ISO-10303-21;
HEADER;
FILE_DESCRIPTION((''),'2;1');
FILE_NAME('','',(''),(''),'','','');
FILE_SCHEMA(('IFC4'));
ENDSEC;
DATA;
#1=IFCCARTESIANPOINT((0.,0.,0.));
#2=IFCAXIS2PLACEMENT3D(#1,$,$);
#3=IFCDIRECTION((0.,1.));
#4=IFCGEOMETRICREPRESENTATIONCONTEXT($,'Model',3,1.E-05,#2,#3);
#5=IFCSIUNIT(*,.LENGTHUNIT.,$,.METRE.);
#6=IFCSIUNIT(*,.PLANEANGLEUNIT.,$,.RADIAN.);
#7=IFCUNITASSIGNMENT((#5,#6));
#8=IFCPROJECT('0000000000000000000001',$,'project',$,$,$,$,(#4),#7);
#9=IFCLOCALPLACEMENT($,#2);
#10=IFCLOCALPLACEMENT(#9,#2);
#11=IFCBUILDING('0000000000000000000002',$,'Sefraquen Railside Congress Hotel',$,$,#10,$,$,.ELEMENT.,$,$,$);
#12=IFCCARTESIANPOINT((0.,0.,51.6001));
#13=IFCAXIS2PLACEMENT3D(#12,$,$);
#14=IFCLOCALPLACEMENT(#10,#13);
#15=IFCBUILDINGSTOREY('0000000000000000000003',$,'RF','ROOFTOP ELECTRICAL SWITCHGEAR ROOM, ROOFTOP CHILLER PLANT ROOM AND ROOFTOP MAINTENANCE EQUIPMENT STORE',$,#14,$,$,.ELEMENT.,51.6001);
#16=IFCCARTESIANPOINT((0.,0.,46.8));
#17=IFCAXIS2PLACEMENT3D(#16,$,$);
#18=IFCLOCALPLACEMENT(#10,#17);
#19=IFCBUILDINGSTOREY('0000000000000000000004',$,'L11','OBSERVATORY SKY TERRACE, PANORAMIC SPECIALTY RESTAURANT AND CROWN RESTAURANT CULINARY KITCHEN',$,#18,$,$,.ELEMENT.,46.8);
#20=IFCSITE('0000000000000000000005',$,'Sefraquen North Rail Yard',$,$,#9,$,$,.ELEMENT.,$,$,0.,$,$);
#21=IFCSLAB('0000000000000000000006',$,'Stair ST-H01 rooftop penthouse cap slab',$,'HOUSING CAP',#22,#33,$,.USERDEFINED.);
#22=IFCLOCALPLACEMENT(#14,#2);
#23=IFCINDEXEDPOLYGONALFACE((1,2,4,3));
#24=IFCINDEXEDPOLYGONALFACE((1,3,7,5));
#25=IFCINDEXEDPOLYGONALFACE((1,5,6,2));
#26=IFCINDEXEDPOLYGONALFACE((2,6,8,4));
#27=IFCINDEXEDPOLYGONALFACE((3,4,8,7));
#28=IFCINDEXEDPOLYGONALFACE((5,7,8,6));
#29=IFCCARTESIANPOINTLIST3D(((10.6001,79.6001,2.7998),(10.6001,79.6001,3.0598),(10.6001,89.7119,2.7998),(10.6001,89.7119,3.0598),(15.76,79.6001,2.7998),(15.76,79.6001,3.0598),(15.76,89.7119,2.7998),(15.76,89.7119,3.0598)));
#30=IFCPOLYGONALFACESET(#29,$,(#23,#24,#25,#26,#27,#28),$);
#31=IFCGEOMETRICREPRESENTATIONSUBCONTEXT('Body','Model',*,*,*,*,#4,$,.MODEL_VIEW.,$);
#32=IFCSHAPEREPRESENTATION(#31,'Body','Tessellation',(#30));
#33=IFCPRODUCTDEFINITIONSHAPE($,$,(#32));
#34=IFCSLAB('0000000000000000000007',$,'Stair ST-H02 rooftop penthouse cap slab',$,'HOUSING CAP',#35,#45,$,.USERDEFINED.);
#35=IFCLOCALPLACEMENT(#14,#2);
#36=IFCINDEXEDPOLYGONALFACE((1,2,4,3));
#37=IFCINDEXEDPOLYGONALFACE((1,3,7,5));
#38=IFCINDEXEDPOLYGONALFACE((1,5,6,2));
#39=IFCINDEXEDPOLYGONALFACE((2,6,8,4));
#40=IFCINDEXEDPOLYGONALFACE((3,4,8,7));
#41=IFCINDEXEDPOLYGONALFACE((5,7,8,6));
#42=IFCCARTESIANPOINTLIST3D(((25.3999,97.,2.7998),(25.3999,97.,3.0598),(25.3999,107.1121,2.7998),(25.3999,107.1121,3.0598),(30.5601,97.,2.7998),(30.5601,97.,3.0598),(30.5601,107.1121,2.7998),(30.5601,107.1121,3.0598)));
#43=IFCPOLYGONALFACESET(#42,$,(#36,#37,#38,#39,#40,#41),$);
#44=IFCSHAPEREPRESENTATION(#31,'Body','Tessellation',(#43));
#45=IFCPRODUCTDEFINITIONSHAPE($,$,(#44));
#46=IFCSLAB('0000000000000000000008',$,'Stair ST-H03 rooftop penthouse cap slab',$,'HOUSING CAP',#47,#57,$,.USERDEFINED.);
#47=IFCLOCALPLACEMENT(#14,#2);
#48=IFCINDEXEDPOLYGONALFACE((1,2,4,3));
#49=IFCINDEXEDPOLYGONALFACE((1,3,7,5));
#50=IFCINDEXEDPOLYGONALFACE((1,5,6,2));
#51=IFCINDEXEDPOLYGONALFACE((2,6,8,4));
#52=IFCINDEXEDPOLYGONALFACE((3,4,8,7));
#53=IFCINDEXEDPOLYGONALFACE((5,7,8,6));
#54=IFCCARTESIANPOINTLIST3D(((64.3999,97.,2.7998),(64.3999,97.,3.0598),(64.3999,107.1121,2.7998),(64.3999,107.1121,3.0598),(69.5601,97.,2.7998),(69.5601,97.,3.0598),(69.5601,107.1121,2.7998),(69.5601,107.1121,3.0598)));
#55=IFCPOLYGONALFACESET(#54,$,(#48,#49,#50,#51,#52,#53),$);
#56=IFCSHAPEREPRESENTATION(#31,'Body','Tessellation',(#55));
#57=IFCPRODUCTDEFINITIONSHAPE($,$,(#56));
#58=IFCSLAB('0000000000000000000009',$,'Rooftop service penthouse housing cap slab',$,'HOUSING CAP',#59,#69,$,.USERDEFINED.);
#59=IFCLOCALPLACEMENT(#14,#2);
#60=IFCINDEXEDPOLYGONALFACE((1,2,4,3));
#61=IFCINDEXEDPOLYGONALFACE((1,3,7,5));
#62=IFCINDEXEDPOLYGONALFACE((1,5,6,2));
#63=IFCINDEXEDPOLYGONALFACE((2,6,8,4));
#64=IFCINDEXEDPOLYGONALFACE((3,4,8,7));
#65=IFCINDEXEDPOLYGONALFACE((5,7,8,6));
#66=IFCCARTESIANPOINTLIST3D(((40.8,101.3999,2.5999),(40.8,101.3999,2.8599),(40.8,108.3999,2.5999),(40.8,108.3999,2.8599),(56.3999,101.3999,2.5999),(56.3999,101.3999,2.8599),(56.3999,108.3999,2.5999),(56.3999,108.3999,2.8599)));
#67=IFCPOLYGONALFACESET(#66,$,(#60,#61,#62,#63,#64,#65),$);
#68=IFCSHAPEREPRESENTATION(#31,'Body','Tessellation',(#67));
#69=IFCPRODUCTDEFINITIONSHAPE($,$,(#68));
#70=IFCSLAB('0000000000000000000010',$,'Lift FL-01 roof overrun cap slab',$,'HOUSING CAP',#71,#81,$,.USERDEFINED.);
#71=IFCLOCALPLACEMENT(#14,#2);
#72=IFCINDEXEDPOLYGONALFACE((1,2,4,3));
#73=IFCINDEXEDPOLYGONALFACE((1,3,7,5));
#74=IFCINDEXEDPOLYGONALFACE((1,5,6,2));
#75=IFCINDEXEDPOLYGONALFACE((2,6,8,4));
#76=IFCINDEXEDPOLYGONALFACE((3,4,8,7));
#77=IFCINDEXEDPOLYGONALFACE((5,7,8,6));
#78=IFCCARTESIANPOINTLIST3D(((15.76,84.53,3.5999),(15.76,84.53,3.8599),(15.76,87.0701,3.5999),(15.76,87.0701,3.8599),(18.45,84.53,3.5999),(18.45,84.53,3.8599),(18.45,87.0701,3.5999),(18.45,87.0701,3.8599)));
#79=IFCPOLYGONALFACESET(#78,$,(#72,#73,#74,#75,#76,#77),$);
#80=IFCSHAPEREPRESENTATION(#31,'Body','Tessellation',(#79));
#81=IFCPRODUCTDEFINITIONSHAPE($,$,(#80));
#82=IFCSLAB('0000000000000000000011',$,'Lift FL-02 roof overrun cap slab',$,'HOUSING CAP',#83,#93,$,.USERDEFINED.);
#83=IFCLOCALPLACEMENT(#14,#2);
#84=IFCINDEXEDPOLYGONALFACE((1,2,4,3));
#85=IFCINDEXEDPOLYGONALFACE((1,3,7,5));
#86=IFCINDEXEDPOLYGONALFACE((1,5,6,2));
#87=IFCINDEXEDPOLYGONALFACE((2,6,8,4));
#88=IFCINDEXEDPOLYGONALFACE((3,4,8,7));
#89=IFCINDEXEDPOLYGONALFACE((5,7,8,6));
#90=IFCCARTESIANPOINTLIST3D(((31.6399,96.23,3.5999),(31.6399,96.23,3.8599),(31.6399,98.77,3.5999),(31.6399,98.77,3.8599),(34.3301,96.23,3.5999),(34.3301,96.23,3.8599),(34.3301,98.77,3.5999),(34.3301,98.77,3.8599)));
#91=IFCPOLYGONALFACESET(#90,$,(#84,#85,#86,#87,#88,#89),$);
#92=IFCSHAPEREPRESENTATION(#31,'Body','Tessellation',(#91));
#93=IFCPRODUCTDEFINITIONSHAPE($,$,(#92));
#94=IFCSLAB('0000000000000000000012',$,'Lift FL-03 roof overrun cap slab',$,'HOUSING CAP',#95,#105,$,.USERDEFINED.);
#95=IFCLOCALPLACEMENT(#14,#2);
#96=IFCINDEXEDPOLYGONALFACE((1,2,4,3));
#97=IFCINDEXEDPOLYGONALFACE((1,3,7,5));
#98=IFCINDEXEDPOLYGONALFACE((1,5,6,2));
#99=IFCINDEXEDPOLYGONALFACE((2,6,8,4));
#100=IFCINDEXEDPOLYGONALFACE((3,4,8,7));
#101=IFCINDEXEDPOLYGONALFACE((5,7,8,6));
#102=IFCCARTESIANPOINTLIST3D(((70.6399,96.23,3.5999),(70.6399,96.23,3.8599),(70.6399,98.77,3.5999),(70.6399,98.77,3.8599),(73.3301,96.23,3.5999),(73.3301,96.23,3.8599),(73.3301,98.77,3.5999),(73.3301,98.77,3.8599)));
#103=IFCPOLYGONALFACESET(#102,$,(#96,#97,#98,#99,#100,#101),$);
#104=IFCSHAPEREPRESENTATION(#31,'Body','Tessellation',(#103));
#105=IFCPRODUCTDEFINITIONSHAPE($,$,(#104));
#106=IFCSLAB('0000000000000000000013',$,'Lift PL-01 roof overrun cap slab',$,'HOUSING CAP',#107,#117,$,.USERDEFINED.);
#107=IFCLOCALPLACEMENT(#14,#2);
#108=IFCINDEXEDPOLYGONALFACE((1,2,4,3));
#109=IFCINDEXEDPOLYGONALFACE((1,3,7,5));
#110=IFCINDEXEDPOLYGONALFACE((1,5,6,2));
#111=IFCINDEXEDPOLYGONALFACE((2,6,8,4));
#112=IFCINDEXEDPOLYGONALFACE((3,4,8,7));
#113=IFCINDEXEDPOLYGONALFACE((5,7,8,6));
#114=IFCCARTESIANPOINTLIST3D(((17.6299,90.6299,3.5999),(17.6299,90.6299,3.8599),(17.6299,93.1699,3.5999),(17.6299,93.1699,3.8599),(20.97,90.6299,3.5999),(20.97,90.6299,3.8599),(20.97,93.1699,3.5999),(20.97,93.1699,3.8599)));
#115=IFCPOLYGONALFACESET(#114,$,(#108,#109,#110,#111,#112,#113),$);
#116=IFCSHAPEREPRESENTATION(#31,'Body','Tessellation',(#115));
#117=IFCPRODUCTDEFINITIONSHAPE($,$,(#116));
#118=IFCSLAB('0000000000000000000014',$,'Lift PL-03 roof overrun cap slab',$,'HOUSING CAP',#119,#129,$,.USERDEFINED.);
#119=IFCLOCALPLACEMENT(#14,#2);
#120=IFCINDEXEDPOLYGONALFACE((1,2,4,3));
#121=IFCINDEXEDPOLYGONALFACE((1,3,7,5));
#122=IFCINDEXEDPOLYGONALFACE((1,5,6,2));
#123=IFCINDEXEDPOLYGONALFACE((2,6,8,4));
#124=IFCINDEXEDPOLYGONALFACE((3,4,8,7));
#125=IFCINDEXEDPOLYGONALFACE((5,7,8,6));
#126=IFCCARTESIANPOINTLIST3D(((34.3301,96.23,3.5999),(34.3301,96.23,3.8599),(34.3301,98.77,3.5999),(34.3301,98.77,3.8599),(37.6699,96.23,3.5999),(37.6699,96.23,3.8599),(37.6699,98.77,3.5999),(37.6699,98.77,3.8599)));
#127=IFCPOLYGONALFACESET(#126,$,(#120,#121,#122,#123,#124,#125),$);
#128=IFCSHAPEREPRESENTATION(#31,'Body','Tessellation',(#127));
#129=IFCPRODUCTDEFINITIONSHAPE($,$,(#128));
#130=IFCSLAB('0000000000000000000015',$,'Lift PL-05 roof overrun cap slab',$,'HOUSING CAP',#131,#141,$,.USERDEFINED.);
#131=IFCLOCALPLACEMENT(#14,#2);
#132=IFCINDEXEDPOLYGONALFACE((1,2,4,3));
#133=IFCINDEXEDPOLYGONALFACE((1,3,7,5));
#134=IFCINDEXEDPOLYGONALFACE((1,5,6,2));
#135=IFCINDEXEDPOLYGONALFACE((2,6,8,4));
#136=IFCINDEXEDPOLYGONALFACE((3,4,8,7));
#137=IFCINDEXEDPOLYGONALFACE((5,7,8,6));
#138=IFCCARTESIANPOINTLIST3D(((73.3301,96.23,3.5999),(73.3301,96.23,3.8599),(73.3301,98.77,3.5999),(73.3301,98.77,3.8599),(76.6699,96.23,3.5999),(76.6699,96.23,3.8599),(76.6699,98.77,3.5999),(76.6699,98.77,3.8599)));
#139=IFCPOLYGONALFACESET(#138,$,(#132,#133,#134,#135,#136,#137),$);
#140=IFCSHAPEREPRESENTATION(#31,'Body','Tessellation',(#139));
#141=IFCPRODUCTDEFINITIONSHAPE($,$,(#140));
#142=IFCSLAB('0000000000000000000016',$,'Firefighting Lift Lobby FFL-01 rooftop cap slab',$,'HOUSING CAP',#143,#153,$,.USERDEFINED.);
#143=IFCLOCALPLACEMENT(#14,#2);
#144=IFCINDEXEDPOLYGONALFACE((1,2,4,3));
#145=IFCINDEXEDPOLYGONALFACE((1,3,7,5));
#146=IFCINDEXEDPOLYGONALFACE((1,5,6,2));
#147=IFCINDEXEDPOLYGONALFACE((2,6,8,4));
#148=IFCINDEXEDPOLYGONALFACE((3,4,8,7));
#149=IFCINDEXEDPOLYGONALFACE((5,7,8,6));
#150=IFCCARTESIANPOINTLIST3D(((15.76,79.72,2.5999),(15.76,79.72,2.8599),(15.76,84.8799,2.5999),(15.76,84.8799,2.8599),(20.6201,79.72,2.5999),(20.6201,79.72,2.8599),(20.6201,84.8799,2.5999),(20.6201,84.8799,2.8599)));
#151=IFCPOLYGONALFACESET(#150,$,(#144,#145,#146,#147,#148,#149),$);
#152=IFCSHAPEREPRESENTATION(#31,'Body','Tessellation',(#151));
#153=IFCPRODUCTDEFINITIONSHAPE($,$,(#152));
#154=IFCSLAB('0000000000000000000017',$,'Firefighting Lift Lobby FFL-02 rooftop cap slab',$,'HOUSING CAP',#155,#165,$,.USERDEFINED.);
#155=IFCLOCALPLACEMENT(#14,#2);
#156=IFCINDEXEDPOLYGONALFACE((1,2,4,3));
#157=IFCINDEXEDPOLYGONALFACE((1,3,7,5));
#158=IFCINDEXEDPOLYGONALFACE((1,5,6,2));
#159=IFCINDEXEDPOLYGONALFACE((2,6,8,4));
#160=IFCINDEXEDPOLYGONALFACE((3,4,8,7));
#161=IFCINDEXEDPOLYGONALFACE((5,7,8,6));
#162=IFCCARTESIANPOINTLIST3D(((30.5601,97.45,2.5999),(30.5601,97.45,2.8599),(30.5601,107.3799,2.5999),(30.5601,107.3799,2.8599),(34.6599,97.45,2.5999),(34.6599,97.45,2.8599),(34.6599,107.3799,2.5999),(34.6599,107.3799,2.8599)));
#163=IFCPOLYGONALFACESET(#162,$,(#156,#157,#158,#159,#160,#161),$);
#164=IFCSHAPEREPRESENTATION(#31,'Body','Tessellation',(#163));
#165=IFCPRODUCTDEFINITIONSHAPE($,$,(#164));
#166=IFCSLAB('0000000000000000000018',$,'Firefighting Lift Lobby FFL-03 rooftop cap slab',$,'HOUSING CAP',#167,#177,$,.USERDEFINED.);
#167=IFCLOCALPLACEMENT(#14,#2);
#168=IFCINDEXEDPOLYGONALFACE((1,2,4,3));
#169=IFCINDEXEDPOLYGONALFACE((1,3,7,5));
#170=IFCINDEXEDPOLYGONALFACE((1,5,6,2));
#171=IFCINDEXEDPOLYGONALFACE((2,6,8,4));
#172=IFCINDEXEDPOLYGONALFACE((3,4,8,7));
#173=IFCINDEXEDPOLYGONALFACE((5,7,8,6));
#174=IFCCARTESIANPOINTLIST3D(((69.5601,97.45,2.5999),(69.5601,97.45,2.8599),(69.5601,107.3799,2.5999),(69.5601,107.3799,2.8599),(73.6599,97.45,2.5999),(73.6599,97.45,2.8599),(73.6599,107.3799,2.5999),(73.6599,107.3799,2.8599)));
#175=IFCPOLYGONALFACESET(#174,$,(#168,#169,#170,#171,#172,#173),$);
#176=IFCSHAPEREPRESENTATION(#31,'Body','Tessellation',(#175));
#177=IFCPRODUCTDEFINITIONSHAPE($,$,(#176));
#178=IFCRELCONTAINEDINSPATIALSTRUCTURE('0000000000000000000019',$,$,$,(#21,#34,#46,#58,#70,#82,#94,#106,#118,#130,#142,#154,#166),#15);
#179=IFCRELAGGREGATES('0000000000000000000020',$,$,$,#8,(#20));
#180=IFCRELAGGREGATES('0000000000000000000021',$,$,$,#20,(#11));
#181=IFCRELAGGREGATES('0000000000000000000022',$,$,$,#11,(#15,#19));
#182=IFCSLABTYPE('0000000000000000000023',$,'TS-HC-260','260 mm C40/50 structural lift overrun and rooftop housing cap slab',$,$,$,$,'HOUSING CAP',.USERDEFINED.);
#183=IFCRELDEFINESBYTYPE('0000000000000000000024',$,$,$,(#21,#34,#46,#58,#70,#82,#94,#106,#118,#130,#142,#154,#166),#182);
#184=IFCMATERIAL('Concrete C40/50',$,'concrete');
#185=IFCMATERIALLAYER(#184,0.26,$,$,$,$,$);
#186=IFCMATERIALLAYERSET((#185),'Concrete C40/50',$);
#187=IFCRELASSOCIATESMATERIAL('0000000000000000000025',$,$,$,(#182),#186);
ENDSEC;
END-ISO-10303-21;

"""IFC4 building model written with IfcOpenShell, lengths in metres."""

from ifc_helpers import new_model, si_unit, direction, frame, origin, place, context, subcontext, project, spatial, polyline, outline, extrude, material, layer, layer_set, type_object, element, save


model = new_model("IFC4")

# Units and contexts
model_context = context("Model", 3, precision=1e-05, world=origin(), true_north=direction((0.0, 1.0)))
body_context = subcontext(model_context, "Body", "Model", "MODEL_VIEW")
ifc_project = project(units=[si_unit("LENGTHUNIT", "METRE"), si_unit("PLANEANGLEUNIT", "RADIAN")], contexts=[model_context])

# Site, building, storey
site_placement = place(None, origin())
site = spatial("IfcSite", under=ifc_project, at=site_placement, Name="Sefraquen North Rail Yard", CompositionType="ELEMENT", RefElevation=0.0)
building_placement = place(site_placement, origin())
building = spatial("IfcBuilding", under=site, at=building_placement, Name="Sefraquen Railside Congress Hotel", CompositionType="ELEMENT")
storey_1_placement = place(building_placement, frame((0.0, 0.0, 51.6001)))
storey_1 = spatial("IfcBuildingStorey", under=building, at=storey_1_placement, Name="RF", Description="ROOFTOP ELECTRICAL SWITCHGEAR ROOM, ROOFTOP CHILLER PLANT ROOM AND ROOFTOP MAINTENANCE EQUIPMENT STORE", CompositionType="ELEMENT", Elevation=51.6001)

# Slabs
ifc_material_1 = material(Name="Concrete C40/50", Category="concrete")
ifc_layer_1 = layer(ifc_material_1, 0.26)
ifc_layer_set_1 = layer_set([ifc_layer_1], Name="Concrete C40/50")
slab_type_1 = type_object("IfcSlabType", Name="TS-HC-260", Description="260 mm C40/50 structural lift overrun and rooftop housing cap slab", ElementType="HOUSING CAP", PredefinedType="USERDEFINED", material=ifc_layer_set_1)
slab_1_placement = place(storey_1_placement, frame((0.0, 0.0, 2.7998)))
element("IfcSlab", 1, at=slab_1_placement, inside=storey_1, type_object=slab_type_1, Name="Stair ST-H01 rooftop penthouse cap slab", ObjectType="HOUSING CAP", PredefinedType="USERDEFINED", context=body_context, shape_type="SweptSolid", body=[
    extrude(outline(polyline([(10.6001, 79.6001), (15.76, 79.6001), (15.76, 89.7119), (10.6001, 89.7119), (10.6001, 79.6001)])), origin(), (0.0, 0.0, 1.0), 0.26),
])
slab_2_placement = place(storey_1_placement, frame((0.0, 0.0, 2.7998)))
element("IfcSlab", 2, at=slab_2_placement, inside=storey_1, type_object=slab_type_1, Name="Stair ST-H02 rooftop penthouse cap slab", ObjectType="HOUSING CAP", PredefinedType="USERDEFINED", context=body_context, shape_type="SweptSolid", body=[
    extrude(outline(polyline([(25.3999, 97.0), (30.5601, 97.0), (30.5601, 107.1121), (25.3999, 107.1121), (25.3999, 97.0)])), origin(), (0.0, 0.0, 1.0), 0.26),
])
slab_3_placement = place(storey_1_placement, frame((0.0, 0.0, 2.7998)))
element("IfcSlab", 3, at=slab_3_placement, inside=storey_1, type_object=slab_type_1, Name="Stair ST-H03 rooftop penthouse cap slab", ObjectType="HOUSING CAP", PredefinedType="USERDEFINED", context=body_context, shape_type="SweptSolid", body=[
    extrude(outline(polyline([(64.3999, 97.0), (69.5601, 97.0), (69.5601, 107.1121), (64.3999, 107.1121), (64.3999, 97.0)])), origin(), (0.0, 0.0, 1.0), 0.26),
])
slab_4_placement = place(storey_1_placement, frame((0.0, 0.0, 2.5999)))
element("IfcSlab", 4, at=slab_4_placement, inside=storey_1, type_object=slab_type_1, Name="Rooftop service penthouse housing cap slab", ObjectType="HOUSING CAP", PredefinedType="USERDEFINED", context=body_context, shape_type="SweptSolid", body=[
    extrude(outline(polyline([(40.8, 101.3999), (56.3999, 101.3999), (56.3999, 108.3999), (40.8, 108.3999), (40.8, 101.3999)])), origin(), (0.0, 0.0, 1.0), 0.26),
])
slab_5_placement = place(storey_1_placement, frame((0.0, 0.0, 3.5999)))
element("IfcSlab", 5, at=slab_5_placement, inside=storey_1, type_object=slab_type_1, Name="Lift FL-01 roof overrun cap slab", ObjectType="HOUSING CAP", PredefinedType="USERDEFINED", context=body_context, shape_type="SweptSolid", body=[
    extrude(outline(polyline([(15.76, 84.53), (18.45, 84.53), (18.45, 87.0701), (15.76, 87.0701), (15.76, 84.53)])), origin(), (0.0, 0.0, 1.0), 0.26),
])
slab_6_placement = place(storey_1_placement, frame((0.0, 0.0, 3.5999)))
element("IfcSlab", 6, at=slab_6_placement, inside=storey_1, type_object=slab_type_1, Name="Lift FL-02 roof overrun cap slab", ObjectType="HOUSING CAP", PredefinedType="USERDEFINED", context=body_context, shape_type="SweptSolid", body=[
    extrude(outline(polyline([(31.6399, 96.23), (34.3301, 96.23), (34.3301, 98.77), (31.6399, 98.77), (31.6399, 96.23)])), origin(), (0.0, 0.0, 1.0), 0.26),
])
slab_7_placement = place(storey_1_placement, frame((0.0, 0.0, 3.5999)))
element("IfcSlab", 7, at=slab_7_placement, inside=storey_1, type_object=slab_type_1, Name="Lift FL-03 roof overrun cap slab", ObjectType="HOUSING CAP", PredefinedType="USERDEFINED", context=body_context, shape_type="SweptSolid", body=[
    extrude(outline(polyline([(70.6399, 96.23), (73.3301, 96.23), (73.3301, 98.77), (70.6399, 98.77), (70.6399, 96.23)])), origin(), (0.0, 0.0, 1.0), 0.26),
])
slab_8_placement = place(storey_1_placement, frame((0.0, 0.0, 3.5999)))
element("IfcSlab", 8, at=slab_8_placement, inside=storey_1, type_object=slab_type_1, Name="Lift PL-01 roof overrun cap slab", ObjectType="HOUSING CAP", PredefinedType="USERDEFINED", context=body_context, shape_type="SweptSolid", body=[
    extrude(outline(polyline([(17.6299, 90.6299), (20.97, 90.6299), (20.97, 93.1699), (17.6299, 93.1699), (17.6299, 90.6299)])), origin(), (0.0, 0.0, 1.0), 0.26),
])
slab_9_placement = place(storey_1_placement, frame((0.0, 0.0, 3.5999)))
element("IfcSlab", 9, at=slab_9_placement, inside=storey_1, type_object=slab_type_1, Name="Lift PL-03 roof overrun cap slab", ObjectType="HOUSING CAP", PredefinedType="USERDEFINED", context=body_context, shape_type="SweptSolid", body=[
    extrude(outline(polyline([(34.3301, 96.23), (37.6699, 96.23), (37.6699, 98.77), (34.3301, 98.77), (34.3301, 96.23)])), origin(), (0.0, 0.0, 1.0), 0.26),
])
slab_10_placement = place(storey_1_placement, frame((0.0, 0.0, 3.5999)))
element("IfcSlab", 10, at=slab_10_placement, inside=storey_1, type_object=slab_type_1, Name="Lift PL-05 roof overrun cap slab", ObjectType="HOUSING CAP", PredefinedType="USERDEFINED", context=body_context, shape_type="SweptSolid", body=[
    extrude(outline(polyline([(73.3301, 96.23), (76.6699, 96.23), (76.6699, 98.77), (73.3301, 98.77), (73.3301, 96.23)])), origin(), (0.0, 0.0, 1.0), 0.26),
])
slab_11_placement = place(storey_1_placement, frame((0.0, 0.0, 2.5999)))
element("IfcSlab", 11, at=slab_11_placement, inside=storey_1, type_object=slab_type_1, Name="Firefighting Lift Lobby FFL-01 rooftop cap slab", ObjectType="HOUSING CAP", PredefinedType="USERDEFINED", context=body_context, shape_type="SweptSolid", body=[
    extrude(outline(polyline([(15.76, 79.72), (20.6201, 79.72), (20.6201, 84.8799), (15.76, 84.8799), (15.76, 79.72)])), origin(), (0.0, 0.0, 1.0), 0.26),
])
slab_12_placement = place(storey_1_placement, frame((0.0, 0.0, 2.5999)))
element("IfcSlab", 12, at=slab_12_placement, inside=storey_1, type_object=slab_type_1, Name="Firefighting Lift Lobby FFL-02 rooftop cap slab", ObjectType="HOUSING CAP", PredefinedType="USERDEFINED", context=body_context, shape_type="SweptSolid", body=[
    extrude(outline(polyline([(30.5601, 97.45), (34.6599, 97.45), (34.6599, 107.3799), (30.5601, 107.3799), (30.5601, 97.45)])), origin(), (0.0, 0.0, 1.0), 0.26),
])
slab_13_placement = place(storey_1_placement, frame((0.0, 0.0, 2.5999)))
element("IfcSlab", 13, at=slab_13_placement, inside=storey_1, type_object=slab_type_1, Name="Firefighting Lift Lobby FFL-03 rooftop cap slab", ObjectType="HOUSING CAP", PredefinedType="USERDEFINED", context=body_context, shape_type="SweptSolid", body=[
    extrude(outline(polyline([(69.5601, 97.45), (73.6599, 97.45), (73.6599, 107.3799), (69.5601, 107.3799), (69.5601, 97.45)])), origin(), (0.0, 0.0, 1.0), 0.26),
])

# Shared definitions
storey_2_placement = place(building_placement, frame((0.0, 0.0, 46.8)))
storey_2 = spatial("IfcBuildingStorey", under=building, at=storey_2_placement, Name="L11", Description="OBSERVATORY SKY TERRACE, PANORAMIC SPECIALTY RESTAURANT AND CROWN RESTAURANT CULINARY KITCHEN", CompositionType="ELEMENT", Elevation=46.8)

save(model, "model.ifc")
